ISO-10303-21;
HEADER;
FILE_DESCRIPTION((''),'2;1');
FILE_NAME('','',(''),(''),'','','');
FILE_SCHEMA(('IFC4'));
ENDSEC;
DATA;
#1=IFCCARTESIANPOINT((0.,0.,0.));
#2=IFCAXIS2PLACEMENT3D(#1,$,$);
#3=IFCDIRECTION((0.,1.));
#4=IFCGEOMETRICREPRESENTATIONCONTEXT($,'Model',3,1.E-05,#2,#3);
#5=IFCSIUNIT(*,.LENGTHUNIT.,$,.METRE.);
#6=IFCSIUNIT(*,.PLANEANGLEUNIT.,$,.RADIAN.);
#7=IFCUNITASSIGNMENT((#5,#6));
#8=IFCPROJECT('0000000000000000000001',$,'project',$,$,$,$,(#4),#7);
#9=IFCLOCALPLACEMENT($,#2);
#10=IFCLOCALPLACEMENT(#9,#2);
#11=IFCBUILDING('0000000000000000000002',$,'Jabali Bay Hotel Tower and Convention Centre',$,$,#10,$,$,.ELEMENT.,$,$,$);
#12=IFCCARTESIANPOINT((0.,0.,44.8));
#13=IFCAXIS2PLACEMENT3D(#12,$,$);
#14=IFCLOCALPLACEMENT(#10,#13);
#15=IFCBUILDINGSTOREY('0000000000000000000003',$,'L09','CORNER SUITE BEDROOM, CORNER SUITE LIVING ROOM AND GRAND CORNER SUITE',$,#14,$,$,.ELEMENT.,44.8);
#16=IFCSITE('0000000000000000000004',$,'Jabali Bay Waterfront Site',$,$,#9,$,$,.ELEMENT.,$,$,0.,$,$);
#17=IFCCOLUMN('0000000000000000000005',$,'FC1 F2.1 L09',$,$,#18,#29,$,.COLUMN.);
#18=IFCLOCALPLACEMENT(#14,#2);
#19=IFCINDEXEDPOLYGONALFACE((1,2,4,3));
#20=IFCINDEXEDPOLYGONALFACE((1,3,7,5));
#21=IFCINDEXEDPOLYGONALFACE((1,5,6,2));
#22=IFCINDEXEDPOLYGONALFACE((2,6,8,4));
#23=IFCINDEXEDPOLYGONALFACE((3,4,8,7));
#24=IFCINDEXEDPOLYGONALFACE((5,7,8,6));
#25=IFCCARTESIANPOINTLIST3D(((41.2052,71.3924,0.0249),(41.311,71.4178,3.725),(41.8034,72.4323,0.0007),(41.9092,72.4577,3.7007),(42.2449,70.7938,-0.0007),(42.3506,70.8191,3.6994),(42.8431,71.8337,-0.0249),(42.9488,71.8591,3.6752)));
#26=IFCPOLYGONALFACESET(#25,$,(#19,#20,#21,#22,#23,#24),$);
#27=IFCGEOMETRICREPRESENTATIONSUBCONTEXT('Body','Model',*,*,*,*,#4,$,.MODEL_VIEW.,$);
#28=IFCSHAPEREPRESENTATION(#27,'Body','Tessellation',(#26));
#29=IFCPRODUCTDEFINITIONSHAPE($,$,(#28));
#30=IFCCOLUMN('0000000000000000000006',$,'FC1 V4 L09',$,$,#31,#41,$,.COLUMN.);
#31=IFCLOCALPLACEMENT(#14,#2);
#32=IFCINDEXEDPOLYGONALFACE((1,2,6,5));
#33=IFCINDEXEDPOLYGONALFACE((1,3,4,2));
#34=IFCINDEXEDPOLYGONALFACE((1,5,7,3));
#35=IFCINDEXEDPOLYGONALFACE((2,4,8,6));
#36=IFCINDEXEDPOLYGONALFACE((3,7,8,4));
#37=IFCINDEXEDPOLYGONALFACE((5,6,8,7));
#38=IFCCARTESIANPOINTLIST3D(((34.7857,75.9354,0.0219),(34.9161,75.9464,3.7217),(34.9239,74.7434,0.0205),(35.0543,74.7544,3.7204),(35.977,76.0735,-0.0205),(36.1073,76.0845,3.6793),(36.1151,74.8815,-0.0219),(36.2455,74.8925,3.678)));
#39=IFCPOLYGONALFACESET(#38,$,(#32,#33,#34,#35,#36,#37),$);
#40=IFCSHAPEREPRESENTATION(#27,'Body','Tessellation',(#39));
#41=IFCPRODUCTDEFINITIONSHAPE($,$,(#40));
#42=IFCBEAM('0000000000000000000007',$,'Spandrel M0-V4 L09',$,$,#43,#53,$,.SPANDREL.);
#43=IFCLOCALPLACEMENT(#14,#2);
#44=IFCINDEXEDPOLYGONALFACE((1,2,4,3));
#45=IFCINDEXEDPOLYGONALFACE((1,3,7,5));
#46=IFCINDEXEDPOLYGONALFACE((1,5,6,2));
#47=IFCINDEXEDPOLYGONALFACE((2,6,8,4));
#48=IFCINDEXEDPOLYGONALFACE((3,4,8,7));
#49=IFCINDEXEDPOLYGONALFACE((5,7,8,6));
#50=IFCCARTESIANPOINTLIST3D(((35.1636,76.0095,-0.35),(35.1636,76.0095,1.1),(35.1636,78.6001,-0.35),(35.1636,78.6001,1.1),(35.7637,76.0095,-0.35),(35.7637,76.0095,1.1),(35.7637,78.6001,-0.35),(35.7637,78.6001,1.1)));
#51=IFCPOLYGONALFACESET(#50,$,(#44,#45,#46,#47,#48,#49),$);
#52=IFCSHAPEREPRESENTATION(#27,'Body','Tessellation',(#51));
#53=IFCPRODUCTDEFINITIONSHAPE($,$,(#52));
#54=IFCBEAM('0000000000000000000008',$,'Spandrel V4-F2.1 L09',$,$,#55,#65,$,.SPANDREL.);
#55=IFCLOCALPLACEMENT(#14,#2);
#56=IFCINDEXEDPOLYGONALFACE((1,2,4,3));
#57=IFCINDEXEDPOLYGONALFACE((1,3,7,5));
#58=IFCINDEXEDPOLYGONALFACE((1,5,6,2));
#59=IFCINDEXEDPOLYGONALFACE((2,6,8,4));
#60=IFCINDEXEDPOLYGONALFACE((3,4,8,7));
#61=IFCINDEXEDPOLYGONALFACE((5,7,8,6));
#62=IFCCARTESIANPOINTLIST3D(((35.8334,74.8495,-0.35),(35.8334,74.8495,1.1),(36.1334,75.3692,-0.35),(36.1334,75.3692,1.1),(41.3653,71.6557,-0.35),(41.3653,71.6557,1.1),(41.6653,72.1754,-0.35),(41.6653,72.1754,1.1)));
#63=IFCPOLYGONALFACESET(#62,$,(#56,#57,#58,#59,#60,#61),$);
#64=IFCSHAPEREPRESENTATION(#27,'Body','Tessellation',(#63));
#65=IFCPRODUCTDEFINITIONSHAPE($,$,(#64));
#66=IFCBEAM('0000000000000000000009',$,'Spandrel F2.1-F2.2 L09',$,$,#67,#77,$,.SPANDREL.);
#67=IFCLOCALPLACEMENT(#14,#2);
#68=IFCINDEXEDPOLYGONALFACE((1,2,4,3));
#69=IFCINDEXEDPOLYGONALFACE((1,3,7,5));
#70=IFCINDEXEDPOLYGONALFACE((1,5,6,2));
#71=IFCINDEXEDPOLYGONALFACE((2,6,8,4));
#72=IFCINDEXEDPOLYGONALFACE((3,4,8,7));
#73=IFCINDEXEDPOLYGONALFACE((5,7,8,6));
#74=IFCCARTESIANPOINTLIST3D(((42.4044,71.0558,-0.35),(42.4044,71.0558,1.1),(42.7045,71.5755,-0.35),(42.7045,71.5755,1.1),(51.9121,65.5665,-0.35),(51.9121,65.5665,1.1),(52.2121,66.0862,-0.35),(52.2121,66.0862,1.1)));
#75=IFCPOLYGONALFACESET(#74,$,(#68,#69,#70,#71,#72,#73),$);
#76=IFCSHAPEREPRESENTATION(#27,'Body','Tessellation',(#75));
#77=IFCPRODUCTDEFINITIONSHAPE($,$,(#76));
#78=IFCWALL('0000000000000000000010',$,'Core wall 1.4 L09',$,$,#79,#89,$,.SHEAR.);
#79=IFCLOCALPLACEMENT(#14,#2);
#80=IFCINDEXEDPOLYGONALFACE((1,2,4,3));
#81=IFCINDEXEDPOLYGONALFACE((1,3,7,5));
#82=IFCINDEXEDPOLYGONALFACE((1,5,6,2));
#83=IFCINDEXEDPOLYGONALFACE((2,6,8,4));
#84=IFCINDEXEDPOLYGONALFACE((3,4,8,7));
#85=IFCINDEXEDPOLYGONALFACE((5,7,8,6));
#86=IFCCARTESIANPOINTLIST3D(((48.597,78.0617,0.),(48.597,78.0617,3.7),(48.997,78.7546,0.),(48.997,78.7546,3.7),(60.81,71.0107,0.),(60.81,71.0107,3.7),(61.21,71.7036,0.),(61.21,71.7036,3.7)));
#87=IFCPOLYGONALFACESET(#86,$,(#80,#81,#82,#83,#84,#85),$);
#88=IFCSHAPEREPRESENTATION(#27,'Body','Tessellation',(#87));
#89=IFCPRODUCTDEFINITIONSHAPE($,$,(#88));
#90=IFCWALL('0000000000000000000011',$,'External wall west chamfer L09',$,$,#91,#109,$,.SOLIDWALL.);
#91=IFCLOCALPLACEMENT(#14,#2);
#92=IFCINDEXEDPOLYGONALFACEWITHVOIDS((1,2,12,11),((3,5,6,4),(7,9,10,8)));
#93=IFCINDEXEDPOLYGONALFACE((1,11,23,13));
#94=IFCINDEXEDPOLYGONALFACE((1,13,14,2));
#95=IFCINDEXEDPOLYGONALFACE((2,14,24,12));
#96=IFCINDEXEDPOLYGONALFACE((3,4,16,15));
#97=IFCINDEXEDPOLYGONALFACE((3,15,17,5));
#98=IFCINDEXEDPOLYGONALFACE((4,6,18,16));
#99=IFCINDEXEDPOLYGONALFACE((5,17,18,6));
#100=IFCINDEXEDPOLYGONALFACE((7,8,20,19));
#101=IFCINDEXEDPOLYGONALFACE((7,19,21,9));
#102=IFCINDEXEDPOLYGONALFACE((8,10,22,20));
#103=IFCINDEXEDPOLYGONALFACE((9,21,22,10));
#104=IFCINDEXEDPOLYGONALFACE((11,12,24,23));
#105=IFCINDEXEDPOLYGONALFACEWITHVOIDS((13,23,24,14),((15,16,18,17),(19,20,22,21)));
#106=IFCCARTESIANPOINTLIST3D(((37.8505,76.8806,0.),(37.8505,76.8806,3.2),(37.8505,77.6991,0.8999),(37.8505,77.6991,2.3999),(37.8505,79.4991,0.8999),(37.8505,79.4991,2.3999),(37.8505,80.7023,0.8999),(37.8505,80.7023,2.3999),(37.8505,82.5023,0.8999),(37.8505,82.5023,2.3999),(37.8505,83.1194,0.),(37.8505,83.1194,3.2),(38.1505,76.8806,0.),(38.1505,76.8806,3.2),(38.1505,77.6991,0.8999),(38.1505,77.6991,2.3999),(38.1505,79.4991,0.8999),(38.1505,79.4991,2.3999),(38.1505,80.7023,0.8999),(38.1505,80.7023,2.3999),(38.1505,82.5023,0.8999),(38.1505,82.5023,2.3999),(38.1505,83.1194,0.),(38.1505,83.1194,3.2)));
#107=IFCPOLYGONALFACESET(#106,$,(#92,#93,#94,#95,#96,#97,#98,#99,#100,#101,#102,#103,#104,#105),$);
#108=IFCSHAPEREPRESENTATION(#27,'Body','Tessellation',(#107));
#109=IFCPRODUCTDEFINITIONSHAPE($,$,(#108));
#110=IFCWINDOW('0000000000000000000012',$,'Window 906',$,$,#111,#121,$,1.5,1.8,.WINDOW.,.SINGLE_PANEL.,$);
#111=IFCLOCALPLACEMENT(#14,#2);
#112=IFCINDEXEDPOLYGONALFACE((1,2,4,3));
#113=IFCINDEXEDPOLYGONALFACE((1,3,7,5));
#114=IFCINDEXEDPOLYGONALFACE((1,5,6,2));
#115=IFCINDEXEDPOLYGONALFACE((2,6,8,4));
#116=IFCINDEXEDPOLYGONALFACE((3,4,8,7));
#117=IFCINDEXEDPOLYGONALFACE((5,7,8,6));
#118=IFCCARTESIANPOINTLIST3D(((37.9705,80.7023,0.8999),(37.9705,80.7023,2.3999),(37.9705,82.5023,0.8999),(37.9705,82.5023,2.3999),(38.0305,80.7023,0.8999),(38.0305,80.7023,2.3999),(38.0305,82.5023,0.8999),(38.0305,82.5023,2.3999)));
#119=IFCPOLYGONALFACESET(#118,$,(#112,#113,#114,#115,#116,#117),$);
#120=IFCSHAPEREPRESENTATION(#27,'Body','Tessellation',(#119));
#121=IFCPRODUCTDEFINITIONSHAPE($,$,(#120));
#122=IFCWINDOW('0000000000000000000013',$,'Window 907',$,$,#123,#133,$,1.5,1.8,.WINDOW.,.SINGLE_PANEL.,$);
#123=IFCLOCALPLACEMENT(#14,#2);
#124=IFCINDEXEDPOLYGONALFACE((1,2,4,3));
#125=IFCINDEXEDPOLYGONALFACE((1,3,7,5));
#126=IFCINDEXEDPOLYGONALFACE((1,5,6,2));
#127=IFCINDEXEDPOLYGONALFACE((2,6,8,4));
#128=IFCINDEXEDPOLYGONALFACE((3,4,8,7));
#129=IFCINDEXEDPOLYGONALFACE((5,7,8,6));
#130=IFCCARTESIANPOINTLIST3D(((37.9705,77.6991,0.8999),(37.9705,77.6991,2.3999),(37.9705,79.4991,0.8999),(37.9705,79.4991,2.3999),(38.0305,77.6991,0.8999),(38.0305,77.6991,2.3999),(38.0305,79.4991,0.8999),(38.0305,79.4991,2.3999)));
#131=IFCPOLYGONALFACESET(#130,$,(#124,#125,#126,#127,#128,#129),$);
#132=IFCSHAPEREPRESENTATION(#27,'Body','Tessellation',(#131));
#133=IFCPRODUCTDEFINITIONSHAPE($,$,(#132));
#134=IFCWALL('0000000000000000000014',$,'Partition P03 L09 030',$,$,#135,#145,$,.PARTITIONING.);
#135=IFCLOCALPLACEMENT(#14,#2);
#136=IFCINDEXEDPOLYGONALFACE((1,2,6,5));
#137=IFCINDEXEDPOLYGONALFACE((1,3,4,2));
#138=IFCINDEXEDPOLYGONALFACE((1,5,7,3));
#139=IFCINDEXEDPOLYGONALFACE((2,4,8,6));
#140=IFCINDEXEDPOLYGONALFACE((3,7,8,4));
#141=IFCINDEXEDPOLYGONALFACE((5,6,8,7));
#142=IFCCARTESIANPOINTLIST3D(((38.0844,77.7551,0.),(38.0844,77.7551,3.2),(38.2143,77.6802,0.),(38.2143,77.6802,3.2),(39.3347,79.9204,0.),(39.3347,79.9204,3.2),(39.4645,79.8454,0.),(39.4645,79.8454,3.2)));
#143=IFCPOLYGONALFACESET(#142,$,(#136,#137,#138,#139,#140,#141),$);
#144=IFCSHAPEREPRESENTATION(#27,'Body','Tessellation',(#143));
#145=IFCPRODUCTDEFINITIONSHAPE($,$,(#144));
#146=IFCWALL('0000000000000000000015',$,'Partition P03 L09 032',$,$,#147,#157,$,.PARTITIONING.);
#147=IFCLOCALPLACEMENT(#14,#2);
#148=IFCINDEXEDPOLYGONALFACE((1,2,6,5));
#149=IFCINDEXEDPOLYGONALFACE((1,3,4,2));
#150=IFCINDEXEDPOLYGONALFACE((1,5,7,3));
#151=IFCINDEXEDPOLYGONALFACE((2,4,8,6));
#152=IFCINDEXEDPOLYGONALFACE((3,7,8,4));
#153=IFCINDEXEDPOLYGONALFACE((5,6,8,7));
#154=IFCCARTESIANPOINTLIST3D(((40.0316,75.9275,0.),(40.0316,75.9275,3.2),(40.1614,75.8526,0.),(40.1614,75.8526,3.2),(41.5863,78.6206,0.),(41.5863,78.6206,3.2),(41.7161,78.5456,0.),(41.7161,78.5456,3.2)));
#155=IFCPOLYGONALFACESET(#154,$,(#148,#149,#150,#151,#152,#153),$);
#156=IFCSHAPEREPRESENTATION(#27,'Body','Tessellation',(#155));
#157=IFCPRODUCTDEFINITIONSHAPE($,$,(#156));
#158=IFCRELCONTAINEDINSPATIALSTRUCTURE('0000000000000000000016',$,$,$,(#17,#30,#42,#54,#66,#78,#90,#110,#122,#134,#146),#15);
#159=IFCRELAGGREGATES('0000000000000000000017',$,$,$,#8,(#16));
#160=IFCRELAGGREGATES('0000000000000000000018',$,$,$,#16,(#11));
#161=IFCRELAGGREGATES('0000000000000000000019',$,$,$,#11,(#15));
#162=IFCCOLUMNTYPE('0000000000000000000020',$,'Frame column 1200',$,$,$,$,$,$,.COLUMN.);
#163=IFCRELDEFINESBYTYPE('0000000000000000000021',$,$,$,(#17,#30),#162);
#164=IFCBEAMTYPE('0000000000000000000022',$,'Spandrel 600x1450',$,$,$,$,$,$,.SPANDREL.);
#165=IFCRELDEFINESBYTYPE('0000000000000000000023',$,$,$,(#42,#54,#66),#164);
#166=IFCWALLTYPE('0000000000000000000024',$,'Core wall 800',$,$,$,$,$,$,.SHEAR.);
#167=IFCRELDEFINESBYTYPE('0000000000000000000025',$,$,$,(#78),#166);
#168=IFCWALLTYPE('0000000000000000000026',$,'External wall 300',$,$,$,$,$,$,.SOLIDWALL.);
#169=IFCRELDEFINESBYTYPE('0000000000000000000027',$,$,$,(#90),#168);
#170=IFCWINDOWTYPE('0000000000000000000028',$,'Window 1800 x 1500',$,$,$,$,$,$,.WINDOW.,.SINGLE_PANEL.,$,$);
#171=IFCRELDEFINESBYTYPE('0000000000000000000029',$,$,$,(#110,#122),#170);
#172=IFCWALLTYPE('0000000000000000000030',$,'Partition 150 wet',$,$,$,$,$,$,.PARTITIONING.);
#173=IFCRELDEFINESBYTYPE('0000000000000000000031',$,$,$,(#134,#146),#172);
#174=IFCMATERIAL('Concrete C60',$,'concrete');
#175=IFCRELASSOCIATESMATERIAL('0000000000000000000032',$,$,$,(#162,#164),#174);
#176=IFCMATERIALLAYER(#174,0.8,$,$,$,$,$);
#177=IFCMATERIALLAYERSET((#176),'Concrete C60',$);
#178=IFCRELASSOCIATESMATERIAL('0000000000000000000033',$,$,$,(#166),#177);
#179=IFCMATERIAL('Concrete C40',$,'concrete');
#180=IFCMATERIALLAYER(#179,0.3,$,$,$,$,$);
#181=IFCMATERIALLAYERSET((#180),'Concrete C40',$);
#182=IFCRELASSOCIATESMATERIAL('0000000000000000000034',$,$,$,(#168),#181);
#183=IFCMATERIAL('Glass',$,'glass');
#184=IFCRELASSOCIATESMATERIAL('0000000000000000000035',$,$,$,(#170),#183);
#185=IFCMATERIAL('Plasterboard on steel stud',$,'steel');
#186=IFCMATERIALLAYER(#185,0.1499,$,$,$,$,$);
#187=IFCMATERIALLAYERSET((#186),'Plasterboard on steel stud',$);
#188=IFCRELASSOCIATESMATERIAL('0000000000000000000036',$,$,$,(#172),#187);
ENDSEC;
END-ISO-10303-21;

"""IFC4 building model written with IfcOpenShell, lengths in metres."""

from ifc_helpers import new_model, si_unit, direction, frame, frame_2d, origin, origin_2d, place, context, subcontext, project, spatial, rectangle, extrude, material, layer, layer_set, material_profile, profile_set, type_object, element, fill, save


model = new_model("IFC4")

# Units and contexts
model_context = context("Model", 3, precision=1e-05, world=origin(), true_north=direction((0.0, 1.0)))
body_context = subcontext(model_context, "Body", "Model", "MODEL_VIEW")
ifc_project = project(units=[si_unit("LENGTHUNIT", "METRE"), si_unit("PLANEANGLEUNIT", "RADIAN")], contexts=[model_context])

# Site, building, storey
site_placement = place(None, origin())
site = spatial("IfcSite", under=ifc_project, at=site_placement, Name="Jabali Bay Waterfront Site", CompositionType="ELEMENT", RefElevation=0.0)
building_placement = place(site_placement, origin())
building = spatial("IfcBuilding", under=site, at=building_placement, Name="Jabali Bay Hotel Tower and Convention Centre", CompositionType="ELEMENT")
storey_placement = place(building_placement, frame((0.0, 0.0, 44.8)))
storey = spatial("IfcBuildingStorey", under=building, at=storey_placement, Name="L09", Description="CORNER SUITE BEDROOM, CORNER SUITE LIVING ROOM AND GRAND CORNER SUITE", CompositionType="ELEMENT", Elevation=44.8)

# Columns
ifc_material_1 = material(Name="Concrete C60", Category="concrete")
ifc_material_profile_1 = material_profile(ifc_material_1, rectangle(XDim=1.2, YDim=1.2, at=origin_2d()), Name="Frame column 1200")
ifc_profile_set_1 = profile_set([ifc_material_profile_1], Name="Concrete C60")
column_type = type_object("IfcColumnType", Name="Frame column 1200", PredefinedType="COLUMN", material=ifc_profile_set_1)
column_1_placement = place(storey_placement, frame((42.0242, 71.613, 0.0), z_axis=(0.028559, 0.006859, 0.999569), x_axis=(-0.86641, 0.498877, 0.021331)))
element("IfcColumn", 1, at=column_1_placement, inside=storey, type_object=column_type, Name="FC1 F2.1 L09", PredefinedType="COLUMN", context=body_context, shape_type="SweptSolid", body=[
    extrude(rectangle(XDim=1.2, YDim=1.2, at=origin_2d()), origin(), (0.0, 0.0, 1.0), 3.7017),
])
column_2_placement = place(storey_placement, frame((35.4504, 75.4084, 0.0), z_axis=(0.035214, 0.002967, 0.999375), x_axis=(-0.115149, 0.993348, 0.001108)))
element("IfcColumn", 2, at=column_2_placement, inside=storey, type_object=column_type, Name="FC1 V4 L09", PredefinedType="COLUMN", context=body_context, shape_type="SweptSolid", body=[
    extrude(rectangle(XDim=1.2, YDim=1.2, at=origin_2d()), origin(), (0.0, 0.0, 1.0), 3.7021),
])

# Beams
ifc_material_profile_2 = material_profile(ifc_material_1, rectangle(XDim=0.6001, YDim=1.45, at=origin_2d()), Name="Spandrel 600x1450")
ifc_profile_set_2 = profile_set([ifc_material_profile_2], Name="Concrete C60")
beam_type = type_object("IfcBeamType", Name="Spandrel 600x1450", PredefinedType="SPANDREL", material=ifc_profile_set_2)
beam_1_placement = place(storey_placement, frame((35.4636, 78.6001, 0.375), z_axis=(0.0, -1.0, 0.0), x_axis=(1.0, 0.0, 0.0)))
element("IfcBeam", 3, at=beam_1_placement, inside=storey, type_object=beam_type, Name="Spandrel M0-V4 L09", PredefinedType="SPANDREL", context=body_context, shape_type="SweptSolid", body=[
    extrude(rectangle(XDim=0.6001, YDim=1.45, at=origin_2d()), origin(), (0.0, 0.0, 1.0), 2.5906),
])
beam_2_placement = place(storey_placement, frame((35.9834, 75.1094, 0.375), z_axis=(0.866028, -0.499995, 0.0), x_axis=(0.499995, 0.866028, 0.0)))
element("IfcBeam", 4, at=beam_2_placement, inside=storey, type_object=beam_type, Name="Spandrel V4-F2.1 L09", PredefinedType="SPANDREL", context=body_context, shape_type="SweptSolid", body=[
    extrude(rectangle(XDim=0.6001, YDim=1.45, at=origin_2d()), origin(), (0.0, 0.0, 1.0), 6.3877),
])
beam_3_placement = place(storey_placement, frame((42.5544, 71.3157, 0.375), z_axis=(0.866023, -0.500004, 0.0), x_axis=(0.500004, 0.866023, 0.0)))
element("IfcBeam", 5, at=beam_3_placement, inside=storey, type_object=beam_type, Name="Spandrel F2.1-F2.2 L09", PredefinedType="SPANDREL", context=body_context, shape_type="SweptSolid", body=[
    extrude(rectangle(XDim=0.6001, YDim=1.45, at=origin_2d()), origin(), (0.0, 0.0, 1.0), 10.9785),
])

# Wall
ifc_layer_1 = layer(ifc_material_1, 0.8)
ifc_layer_set_1 = layer_set([ifc_layer_1], Name="Concrete C60")
wall_type_1 = type_object("IfcWallType", Name="Core wall 800", PredefinedType="SHEAR", material=ifc_layer_set_1)
wall_1_placement = place(storey_placement, frame((48.7969, 78.4082, 0.0), z_axis=(0.0, 0.0, 1.0), x_axis=(0.866033, -0.499988, 0.0)))
element("IfcWall", 6, at=wall_1_placement, inside=storey, type_object=wall_type_1, Name="Core wall 1.4 L09", PredefinedType="SHEAR", context=body_context, shape_type="SweptSolid", body=[
    extrude(rectangle(XDim=14.1023, YDim=0.8, at=frame_2d((7.0513, 0.0))), origin(), (0.0, 0.0, 1.0), 3.7),
])

# Wall, openings, windows
ifc_material_2 = material(Name="Concrete C40", Category="concrete")
ifc_layer_2 = layer(ifc_material_2, 0.3)
ifc_layer_set_2 = layer_set([ifc_layer_2], Name="Concrete C40")
wall_type_2 = type_object("IfcWallType", Name="External wall 300", PredefinedType="SOLIDWALL", material=ifc_layer_set_2)
wall_2_placement = place(storey_placement, frame((38.0005, 76.8806, 0.0), z_axis=(0.0, 0.0, 1.0), x_axis=(0.0, 1.0, 0.0)))
wall_2 = element("IfcWall", 7, at=wall_2_placement, inside=storey, type_object=wall_type_2, Name="External wall west chamfer L09", PredefinedType="SOLIDWALL", context=body_context, shape_type="SweptSolid", body=[
    extrude(rectangle(XDim=6.2388, YDim=0.3, at=frame_2d((3.1194, 0.0))), origin(), (0.0, 0.0, 1.0), 3.2),
])
opening_1_placement = place(wall_2_placement, frame((3.8218, 0.0, 0.8999)))
opening_1 = element("IfcOpeningElement", 8, at=opening_1_placement, cuts=wall_2, PredefinedType="OPENING", context=body_context, shape_type="SweptSolid", body=[
    extrude(rectangle(XDim=1.8, YDim=1.5, at=frame_2d((0.8999, 0.75))), frame((0.0, 0.1606, 0.0), z_axis=(0.0, -1.0, 0.0), x_axis=(1.0, 0.0, 0.0)), (0.0, 0.0, 1.0), 0.321),
])
opening_2_placement = place(wall_2_placement, frame((0.8186, 0.0, 0.8999)))
opening_2 = element("IfcOpeningElement", 9, at=opening_2_placement, cuts=wall_2, PredefinedType="OPENING", context=body_context, shape_type="SweptSolid", body=[
    extrude(rectangle(XDim=1.8, YDim=1.5, at=frame_2d((0.8999, 0.75))), frame((0.0, 0.1606, 0.0), z_axis=(0.0, -1.0, 0.0), x_axis=(1.0, 0.0, 0.0)), (0.0, 0.0, 1.0), 0.321),
])
ifc_material_3 = material(Name="Glass", Category="glass")
window_type = type_object("IfcWindowType", Name="Window 1800 x 1500", PartitioningType="SINGLE_PANEL", PredefinedType="WINDOW", material=ifc_material_3)
window_1_placement = place(opening_1_placement, origin())
window_1 = element("IfcWindow", 10, at=window_1_placement, inside=storey, type_object=window_type, Name="Window 906", OverallHeight=1.5, OverallWidth=1.8, PartitioningType="SINGLE_PANEL", PredefinedType="WINDOW", context=body_context, shape_type="SweptSolid", body=[
    extrude(rectangle(XDim=1.8, YDim=1.5, at=frame_2d((0.8999, 0.75))), frame((0.0, 0.03, 0.0), z_axis=(0.0, -1.0, 0.0), x_axis=(1.0, 0.0, 0.0)), (0.0, 0.0, 1.0), 0.0601),
])
fill(opening_1, window_1)
window_2_placement = place(opening_2_placement, origin())
window_2 = element("IfcWindow", 11, at=window_2_placement, inside=storey, type_object=window_type, Name="Window 907", OverallHeight=1.5, OverallWidth=1.8, PartitioningType="SINGLE_PANEL", PredefinedType="WINDOW", context=body_context, shape_type="SweptSolid", body=[
    extrude(rectangle(XDim=1.8, YDim=1.5, at=frame_2d((0.8999, 0.75))), frame((0.0, 0.03, 0.0), z_axis=(0.0, -1.0, 0.0), x_axis=(1.0, 0.0, 0.0)), (0.0, 0.0, 1.0), 0.0601),
])
fill(opening_2, window_2)

# Walls
ifc_material_4 = material(Name="Plasterboard on steel stud", Category="steel")
ifc_layer_3 = layer(ifc_material_4, 0.1499)
ifc_layer_set_3 = layer_set([ifc_layer_3], Name="Plasterboard on steel stud")
wall_type_3 = type_object("IfcWallType", Name="Partition 150 wet", PredefinedType="PARTITIONING", material=ifc_layer_set_3)
wall_3_placement = place(storey_placement, frame((38.1494, 77.7178, 0.0), z_axis=(0.0, 0.0, 1.0), x_axis=(0.500035, 0.866005, 0.0)))
element("IfcWall", 12, at=wall_3_placement, inside=storey, type_object=wall_type_3, Name="Partition P03 L09 030", PredefinedType="PARTITIONING", context=body_context, shape_type="SweptSolid", body=[
    extrude(rectangle(XDim=2.5002, YDim=0.1499, at=frame_2d((1.25, 0.0))), origin(), (0.0, 0.0, 1.0), 3.2),
])
wall_4_placement = place(storey_placement, frame((41.6511, 78.583, 0.0), z_axis=(0.0, 0.0, 1.0), x_axis=(-0.499956, -0.866051, 0.0)))
element("IfcWall", 13, at=wall_4_placement, inside=storey, type_object=wall_type_3, Name="Partition P03 L09 032", PredefinedType="PARTITIONING", context=body_context, shape_type="SweptSolid", body=[
    extrude(rectangle(XDim=3.1096, YDim=0.1499, at=frame_2d((1.5547, 0.0))), origin(), (0.0, 0.0, 1.0), 3.2),
])

save(model, "model.ifc")
